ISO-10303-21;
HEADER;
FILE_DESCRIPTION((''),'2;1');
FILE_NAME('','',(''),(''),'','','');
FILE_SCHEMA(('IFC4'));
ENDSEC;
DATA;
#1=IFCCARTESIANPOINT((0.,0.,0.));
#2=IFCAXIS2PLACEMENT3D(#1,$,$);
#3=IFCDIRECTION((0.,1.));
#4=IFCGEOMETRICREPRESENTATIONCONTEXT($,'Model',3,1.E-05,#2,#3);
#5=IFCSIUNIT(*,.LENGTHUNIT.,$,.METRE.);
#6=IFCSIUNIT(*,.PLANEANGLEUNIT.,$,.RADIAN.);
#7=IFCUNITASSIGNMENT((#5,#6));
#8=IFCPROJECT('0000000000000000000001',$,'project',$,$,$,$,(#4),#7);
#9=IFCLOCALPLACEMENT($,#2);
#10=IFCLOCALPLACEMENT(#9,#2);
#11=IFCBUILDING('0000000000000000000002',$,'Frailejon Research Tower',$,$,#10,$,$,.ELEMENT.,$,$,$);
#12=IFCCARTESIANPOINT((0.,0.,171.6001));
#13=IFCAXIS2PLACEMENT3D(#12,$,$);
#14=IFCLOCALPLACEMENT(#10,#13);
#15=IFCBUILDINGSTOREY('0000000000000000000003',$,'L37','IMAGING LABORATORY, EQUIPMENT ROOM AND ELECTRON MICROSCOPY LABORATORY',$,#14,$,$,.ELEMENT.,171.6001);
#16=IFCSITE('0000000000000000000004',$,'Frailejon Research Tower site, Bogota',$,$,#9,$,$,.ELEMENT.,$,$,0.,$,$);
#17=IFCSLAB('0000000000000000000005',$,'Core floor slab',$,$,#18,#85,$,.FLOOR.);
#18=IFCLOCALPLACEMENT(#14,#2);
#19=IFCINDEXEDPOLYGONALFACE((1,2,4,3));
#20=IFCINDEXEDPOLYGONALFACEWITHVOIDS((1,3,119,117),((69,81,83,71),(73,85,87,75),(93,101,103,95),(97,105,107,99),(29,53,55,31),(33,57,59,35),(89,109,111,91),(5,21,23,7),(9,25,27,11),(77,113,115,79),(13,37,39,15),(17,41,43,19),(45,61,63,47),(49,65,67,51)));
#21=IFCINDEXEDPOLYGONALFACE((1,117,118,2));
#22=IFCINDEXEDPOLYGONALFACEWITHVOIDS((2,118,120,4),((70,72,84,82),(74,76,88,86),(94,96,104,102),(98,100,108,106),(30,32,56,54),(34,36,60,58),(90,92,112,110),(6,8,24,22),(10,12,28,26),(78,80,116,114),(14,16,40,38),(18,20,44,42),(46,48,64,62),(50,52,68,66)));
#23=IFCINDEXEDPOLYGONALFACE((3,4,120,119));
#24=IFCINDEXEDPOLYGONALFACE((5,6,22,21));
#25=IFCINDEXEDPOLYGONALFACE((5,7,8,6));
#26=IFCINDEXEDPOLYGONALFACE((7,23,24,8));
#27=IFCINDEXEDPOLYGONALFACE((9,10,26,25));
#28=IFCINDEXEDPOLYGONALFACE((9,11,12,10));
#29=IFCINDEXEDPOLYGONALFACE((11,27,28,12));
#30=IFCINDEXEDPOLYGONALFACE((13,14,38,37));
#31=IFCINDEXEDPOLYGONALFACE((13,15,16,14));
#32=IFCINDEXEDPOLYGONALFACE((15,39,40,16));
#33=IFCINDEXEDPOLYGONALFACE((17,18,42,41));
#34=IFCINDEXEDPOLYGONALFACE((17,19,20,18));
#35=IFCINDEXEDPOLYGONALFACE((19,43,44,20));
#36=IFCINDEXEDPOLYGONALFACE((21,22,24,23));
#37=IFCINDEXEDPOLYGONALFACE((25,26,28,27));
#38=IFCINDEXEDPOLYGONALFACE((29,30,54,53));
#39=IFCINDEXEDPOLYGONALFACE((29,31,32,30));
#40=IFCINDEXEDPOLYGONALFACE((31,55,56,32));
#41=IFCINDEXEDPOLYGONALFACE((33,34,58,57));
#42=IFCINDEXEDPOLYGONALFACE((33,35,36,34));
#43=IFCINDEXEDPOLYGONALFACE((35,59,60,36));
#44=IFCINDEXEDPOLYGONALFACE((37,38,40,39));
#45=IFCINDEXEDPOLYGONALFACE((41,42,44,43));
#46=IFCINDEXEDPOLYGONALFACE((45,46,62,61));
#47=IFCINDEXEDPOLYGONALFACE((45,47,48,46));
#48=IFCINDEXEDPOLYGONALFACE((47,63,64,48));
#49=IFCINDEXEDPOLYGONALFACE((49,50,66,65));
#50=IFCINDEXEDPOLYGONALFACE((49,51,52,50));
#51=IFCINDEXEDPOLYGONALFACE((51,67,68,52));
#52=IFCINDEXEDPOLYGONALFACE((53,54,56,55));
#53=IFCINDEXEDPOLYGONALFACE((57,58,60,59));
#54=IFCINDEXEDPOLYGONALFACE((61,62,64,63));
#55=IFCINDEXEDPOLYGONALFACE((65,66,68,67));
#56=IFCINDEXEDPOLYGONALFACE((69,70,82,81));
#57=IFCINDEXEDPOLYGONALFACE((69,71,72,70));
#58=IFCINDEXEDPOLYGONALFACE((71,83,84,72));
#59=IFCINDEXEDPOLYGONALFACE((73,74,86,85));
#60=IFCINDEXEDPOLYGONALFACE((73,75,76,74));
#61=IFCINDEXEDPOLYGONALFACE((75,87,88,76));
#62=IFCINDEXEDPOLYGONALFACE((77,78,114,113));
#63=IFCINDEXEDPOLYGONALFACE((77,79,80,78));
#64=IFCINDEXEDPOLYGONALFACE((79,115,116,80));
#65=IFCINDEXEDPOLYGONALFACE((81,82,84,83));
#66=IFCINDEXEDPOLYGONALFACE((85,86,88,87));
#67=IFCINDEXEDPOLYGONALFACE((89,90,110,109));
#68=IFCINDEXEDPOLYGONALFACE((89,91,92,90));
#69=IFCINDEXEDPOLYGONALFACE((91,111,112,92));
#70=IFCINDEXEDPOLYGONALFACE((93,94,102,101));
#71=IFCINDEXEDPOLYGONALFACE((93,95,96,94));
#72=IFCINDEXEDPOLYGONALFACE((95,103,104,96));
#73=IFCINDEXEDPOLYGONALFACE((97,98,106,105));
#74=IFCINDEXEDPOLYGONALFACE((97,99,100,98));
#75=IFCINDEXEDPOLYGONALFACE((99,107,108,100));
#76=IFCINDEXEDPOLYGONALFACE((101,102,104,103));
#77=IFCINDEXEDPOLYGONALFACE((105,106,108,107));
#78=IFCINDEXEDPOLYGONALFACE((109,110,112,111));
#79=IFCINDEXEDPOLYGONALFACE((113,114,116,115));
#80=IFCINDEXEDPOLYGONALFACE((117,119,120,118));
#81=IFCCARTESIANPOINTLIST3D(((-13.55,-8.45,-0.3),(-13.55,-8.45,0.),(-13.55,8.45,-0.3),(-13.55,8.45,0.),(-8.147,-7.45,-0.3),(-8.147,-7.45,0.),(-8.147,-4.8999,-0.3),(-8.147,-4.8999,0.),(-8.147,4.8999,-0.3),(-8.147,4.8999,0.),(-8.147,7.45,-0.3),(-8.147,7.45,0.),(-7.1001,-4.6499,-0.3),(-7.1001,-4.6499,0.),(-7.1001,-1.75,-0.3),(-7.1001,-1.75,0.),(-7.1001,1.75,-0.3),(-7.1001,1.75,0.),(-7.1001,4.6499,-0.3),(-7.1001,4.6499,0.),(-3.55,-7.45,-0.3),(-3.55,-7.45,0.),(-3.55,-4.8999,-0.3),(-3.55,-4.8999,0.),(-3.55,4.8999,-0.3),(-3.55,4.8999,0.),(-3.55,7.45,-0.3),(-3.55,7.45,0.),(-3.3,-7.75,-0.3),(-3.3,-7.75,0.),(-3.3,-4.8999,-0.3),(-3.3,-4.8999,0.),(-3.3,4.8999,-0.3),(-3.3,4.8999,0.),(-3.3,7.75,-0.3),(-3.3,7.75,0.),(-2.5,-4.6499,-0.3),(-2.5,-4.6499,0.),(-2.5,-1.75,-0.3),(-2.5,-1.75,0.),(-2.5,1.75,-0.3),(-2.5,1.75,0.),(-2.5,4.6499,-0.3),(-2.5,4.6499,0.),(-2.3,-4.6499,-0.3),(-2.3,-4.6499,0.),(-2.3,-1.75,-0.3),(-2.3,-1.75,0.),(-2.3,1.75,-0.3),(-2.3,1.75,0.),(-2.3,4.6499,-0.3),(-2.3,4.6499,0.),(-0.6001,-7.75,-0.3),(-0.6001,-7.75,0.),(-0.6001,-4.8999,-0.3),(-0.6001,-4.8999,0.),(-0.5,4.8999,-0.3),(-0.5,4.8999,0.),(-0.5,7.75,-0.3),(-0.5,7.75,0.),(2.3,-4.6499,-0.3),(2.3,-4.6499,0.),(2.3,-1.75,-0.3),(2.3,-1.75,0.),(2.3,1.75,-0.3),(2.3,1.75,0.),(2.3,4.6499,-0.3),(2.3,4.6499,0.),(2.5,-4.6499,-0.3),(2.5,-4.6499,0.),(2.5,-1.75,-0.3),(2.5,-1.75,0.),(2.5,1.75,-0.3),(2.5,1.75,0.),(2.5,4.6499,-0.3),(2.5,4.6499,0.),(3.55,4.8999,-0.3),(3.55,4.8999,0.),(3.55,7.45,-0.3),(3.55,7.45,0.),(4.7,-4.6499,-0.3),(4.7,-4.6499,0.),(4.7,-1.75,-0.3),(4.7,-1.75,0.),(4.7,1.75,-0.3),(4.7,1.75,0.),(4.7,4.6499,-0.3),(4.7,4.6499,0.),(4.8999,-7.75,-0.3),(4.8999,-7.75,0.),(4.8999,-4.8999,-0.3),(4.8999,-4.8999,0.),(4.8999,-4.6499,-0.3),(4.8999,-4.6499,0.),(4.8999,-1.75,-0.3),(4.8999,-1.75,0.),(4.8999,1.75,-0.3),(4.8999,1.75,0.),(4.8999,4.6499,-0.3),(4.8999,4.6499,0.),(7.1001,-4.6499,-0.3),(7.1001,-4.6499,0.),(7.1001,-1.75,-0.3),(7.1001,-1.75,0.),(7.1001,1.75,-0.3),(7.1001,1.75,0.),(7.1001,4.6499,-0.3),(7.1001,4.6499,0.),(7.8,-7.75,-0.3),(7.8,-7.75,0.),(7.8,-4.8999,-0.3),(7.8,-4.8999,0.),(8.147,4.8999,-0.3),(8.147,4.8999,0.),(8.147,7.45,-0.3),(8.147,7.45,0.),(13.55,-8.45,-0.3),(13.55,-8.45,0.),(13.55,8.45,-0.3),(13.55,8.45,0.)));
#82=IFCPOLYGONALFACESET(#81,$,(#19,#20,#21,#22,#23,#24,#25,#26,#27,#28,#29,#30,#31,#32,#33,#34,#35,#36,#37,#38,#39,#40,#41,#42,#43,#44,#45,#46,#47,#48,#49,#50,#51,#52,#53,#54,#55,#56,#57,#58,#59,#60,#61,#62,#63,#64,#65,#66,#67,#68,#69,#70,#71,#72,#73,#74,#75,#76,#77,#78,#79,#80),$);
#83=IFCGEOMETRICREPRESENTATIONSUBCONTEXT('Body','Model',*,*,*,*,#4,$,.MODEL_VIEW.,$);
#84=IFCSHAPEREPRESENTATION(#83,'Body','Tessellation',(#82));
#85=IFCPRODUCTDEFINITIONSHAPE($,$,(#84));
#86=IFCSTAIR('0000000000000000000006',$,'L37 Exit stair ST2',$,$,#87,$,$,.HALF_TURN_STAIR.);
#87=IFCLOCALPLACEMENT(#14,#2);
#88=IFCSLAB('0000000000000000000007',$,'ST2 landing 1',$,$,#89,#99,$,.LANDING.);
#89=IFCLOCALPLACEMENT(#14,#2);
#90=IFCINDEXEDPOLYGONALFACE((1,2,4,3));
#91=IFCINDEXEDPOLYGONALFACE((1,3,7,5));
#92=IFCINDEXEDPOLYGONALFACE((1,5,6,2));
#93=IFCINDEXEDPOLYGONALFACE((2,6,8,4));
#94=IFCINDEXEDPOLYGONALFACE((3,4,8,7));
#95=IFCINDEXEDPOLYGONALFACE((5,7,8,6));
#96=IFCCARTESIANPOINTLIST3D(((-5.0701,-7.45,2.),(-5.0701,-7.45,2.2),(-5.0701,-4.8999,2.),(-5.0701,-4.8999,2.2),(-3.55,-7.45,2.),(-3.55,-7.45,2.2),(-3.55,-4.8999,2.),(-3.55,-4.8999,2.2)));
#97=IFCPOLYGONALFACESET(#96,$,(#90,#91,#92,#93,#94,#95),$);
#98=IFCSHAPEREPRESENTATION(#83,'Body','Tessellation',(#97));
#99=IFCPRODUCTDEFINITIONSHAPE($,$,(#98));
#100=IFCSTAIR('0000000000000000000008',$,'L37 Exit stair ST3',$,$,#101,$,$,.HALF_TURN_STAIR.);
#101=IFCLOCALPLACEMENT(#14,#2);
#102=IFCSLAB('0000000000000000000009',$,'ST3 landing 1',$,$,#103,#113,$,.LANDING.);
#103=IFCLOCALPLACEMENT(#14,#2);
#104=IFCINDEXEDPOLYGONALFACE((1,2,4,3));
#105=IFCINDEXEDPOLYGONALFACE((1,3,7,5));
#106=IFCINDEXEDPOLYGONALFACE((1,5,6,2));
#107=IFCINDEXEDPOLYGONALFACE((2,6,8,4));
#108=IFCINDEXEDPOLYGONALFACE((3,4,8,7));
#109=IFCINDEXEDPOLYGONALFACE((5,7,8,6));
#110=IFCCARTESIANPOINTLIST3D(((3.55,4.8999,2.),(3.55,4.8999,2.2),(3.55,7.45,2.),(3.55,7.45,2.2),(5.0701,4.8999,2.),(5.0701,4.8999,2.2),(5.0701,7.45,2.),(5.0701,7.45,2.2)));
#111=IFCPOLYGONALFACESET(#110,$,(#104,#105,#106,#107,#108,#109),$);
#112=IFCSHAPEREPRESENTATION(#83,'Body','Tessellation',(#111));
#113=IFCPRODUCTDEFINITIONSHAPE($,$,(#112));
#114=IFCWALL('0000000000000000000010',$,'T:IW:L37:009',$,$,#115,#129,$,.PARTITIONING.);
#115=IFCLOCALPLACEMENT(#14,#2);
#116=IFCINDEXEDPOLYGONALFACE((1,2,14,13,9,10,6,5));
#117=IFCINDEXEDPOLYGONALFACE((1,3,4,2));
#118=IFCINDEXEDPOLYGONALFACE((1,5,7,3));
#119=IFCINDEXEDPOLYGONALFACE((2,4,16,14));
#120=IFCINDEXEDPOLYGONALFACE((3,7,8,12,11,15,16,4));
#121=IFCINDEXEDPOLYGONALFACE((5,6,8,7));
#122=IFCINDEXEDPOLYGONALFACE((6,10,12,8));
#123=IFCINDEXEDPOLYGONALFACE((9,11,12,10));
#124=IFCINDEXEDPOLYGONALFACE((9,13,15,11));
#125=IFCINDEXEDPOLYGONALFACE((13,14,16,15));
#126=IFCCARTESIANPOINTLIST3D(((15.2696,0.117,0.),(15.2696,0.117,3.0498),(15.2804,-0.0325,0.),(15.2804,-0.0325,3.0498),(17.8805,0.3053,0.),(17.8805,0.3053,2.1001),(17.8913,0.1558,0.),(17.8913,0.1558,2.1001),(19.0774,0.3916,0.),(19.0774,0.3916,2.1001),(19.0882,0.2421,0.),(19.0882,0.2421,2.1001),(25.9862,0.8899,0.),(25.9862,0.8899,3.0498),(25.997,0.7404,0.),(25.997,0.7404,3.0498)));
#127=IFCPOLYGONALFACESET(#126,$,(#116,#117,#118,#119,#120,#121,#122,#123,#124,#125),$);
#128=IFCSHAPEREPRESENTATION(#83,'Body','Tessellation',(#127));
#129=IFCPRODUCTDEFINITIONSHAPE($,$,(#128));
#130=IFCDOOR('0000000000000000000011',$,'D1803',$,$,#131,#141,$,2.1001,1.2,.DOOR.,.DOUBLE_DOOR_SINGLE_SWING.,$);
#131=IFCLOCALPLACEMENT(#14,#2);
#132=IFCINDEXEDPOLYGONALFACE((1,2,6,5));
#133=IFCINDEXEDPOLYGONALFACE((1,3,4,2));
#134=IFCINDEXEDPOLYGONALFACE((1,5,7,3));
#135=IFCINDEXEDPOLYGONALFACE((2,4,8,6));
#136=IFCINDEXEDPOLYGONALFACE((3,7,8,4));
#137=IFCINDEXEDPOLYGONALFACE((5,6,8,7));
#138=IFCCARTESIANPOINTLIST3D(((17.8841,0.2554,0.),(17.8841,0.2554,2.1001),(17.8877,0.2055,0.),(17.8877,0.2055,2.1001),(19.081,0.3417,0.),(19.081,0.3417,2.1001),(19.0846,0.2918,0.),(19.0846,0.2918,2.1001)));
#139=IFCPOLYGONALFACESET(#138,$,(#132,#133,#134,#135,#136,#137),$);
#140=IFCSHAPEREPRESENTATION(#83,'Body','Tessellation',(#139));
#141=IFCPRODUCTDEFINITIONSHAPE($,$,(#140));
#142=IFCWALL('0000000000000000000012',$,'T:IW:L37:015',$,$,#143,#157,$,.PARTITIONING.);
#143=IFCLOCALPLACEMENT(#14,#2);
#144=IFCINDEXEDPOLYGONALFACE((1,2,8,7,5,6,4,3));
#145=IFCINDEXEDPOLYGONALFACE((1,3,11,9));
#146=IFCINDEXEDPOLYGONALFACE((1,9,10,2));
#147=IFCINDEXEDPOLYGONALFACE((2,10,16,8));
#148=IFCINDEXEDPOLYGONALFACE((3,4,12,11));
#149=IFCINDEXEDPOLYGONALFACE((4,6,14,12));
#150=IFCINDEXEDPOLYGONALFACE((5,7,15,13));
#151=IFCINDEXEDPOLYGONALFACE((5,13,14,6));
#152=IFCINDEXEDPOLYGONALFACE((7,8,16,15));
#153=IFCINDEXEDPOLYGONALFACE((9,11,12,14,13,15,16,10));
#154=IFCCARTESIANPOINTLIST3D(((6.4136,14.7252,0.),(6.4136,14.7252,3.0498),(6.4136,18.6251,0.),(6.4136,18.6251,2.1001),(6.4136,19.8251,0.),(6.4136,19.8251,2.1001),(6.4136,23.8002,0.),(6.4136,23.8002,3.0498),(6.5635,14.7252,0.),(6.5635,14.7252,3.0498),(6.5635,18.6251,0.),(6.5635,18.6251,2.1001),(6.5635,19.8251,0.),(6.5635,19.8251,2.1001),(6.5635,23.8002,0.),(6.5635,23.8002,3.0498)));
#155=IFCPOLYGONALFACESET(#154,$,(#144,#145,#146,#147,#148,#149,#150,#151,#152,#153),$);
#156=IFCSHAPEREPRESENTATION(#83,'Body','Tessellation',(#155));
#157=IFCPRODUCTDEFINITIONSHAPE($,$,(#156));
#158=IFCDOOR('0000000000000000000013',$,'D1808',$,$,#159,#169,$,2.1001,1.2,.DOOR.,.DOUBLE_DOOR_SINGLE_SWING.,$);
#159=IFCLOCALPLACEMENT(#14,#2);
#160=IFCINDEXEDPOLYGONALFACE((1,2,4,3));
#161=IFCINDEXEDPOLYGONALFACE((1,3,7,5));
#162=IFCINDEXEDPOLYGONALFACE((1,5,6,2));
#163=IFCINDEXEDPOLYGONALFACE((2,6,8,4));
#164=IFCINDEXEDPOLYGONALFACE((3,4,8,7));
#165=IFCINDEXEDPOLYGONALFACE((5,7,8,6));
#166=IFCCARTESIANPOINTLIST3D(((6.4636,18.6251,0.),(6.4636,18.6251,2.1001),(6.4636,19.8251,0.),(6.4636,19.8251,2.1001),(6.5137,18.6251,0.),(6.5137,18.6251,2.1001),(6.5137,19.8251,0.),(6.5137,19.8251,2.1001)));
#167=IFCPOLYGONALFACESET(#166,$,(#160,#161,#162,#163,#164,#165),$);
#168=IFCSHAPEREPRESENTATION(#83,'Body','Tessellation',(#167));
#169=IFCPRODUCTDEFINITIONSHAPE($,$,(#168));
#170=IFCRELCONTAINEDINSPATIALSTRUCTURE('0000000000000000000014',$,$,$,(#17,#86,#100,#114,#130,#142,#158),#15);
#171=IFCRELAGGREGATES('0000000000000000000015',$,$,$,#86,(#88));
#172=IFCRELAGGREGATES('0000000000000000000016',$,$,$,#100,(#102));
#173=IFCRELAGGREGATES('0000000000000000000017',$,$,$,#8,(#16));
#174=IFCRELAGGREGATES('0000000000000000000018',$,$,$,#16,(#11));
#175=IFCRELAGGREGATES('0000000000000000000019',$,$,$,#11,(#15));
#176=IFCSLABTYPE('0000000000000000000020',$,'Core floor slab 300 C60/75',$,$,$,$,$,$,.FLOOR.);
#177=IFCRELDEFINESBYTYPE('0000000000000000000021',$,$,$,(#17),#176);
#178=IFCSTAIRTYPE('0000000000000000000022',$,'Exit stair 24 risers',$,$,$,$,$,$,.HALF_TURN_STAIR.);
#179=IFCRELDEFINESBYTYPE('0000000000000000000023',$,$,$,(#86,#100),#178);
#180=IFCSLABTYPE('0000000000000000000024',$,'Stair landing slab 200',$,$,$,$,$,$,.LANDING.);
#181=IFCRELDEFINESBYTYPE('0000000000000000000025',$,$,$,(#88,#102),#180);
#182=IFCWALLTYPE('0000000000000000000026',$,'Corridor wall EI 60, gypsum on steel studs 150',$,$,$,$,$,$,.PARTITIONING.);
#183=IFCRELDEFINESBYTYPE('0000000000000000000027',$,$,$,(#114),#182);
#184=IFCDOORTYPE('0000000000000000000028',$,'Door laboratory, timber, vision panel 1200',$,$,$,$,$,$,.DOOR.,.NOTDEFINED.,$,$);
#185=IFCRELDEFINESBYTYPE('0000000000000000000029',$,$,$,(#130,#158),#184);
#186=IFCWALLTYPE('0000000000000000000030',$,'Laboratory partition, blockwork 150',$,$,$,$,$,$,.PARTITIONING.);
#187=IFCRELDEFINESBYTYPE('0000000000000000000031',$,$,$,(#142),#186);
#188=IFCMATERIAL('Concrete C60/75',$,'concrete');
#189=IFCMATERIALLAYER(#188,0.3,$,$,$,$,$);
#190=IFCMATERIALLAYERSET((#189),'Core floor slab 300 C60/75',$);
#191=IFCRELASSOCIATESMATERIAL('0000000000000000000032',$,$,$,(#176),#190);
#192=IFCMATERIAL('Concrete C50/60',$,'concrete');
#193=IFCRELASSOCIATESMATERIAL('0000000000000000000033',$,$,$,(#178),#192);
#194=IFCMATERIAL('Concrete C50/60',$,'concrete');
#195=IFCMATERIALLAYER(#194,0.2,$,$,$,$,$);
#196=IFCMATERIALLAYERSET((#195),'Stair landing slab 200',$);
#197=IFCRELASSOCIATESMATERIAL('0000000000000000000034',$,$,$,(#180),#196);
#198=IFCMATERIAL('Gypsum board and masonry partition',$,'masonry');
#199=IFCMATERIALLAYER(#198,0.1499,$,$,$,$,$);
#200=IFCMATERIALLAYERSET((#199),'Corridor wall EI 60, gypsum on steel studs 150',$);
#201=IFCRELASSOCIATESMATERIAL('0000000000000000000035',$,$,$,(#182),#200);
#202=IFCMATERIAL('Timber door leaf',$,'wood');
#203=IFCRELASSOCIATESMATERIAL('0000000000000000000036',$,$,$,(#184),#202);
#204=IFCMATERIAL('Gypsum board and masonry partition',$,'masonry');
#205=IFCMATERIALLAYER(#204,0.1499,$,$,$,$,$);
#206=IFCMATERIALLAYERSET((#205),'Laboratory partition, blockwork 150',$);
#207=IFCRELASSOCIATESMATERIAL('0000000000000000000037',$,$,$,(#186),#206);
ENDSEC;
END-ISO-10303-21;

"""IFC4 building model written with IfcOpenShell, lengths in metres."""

from ifc_helpers import new_model, si_unit, direction, frame, frame_2d, origin, place, context, subcontext, project, spatial, polyline, rectangle, outline, extrude, material, layer, layer_set, type_object, element, fill, aggregate, save


model = new_model("IFC4")

# Units and contexts
model_context = context("Model", 3, precision=1e-05, world=origin(), true_north=direction((0.0, 1.0)))
body_context = subcontext(model_context, "Body", "Model", "MODEL_VIEW")
ifc_project = project(units=[si_unit("LENGTHUNIT", "METRE"), si_unit("PLANEANGLEUNIT", "RADIAN")], contexts=[model_context])

# Site, building, storey
site_placement = place(None, origin())
site = spatial("IfcSite", under=ifc_project, at=site_placement, Name="Frailejon Research Tower site, Bogota", CompositionType="ELEMENT", RefElevation=0.0)
building_placement = place(site_placement, origin())
building = spatial("IfcBuilding", under=site, at=building_placement, Name="Frailejon Research Tower", CompositionType="ELEMENT")
storey_placement = place(building_placement, frame((0.0, 0.0, 171.6001)))
storey = spatial("IfcBuildingStorey", under=building, at=storey_placement, Name="L37", Description="IMAGING LABORATORY, EQUIPMENT ROOM AND ELECTRON MICROSCOPY LABORATORY", CompositionType="ELEMENT", Elevation=171.6001)

# Slab
ifc_material_1 = material(Name="Concrete C60/75", Category="concrete")
ifc_layer_1 = layer(ifc_material_1, 0.3)
ifc_layer_set_1 = layer_set([ifc_layer_1], Name="Core floor slab 300 C60/75")
slab_type_1 = type_object("IfcSlabType", Name="Core floor slab 300 C60/75", PredefinedType="FLOOR", material=ifc_layer_set_1)
slab_1_placement = place(storey_placement, frame((0.0, 0.0, -0.3)))
element("IfcSlab", 1, at=slab_1_placement, inside=storey, type_object=slab_type_1, Name="Core floor slab", PredefinedType="FLOOR", context=body_context, shape_type="SweptSolid", body=[
    extrude(outline(polyline([(13.55, -8.45), (13.55, 8.45), (-13.55, 8.45), (-13.55, -8.45), (13.55, -8.45)]), holes=[polyline([(-2.5, 1.75), (-2.5, 4.6499), (-7.1001, 4.6499), (-7.1001, 1.75), (-2.5, 1.75)]), polyline([(2.3, 1.75), (2.3, 4.6499), (-2.3, 4.6499), (-2.3, 1.75), (2.3, 1.75)]), polyline([(4.7, 1.75), (4.7, 4.6499), (2.5, 4.6499), (2.5, 1.75), (4.7, 1.75)]), polyline([(7.1001, 1.75), (7.1001, 4.6499), (4.8999, 4.6499), (4.8999, 1.75), (7.1001, 1.75)]), polyline([(-2.5, -4.6499), (-2.5, -1.75), (-7.1001, -1.75), (-7.1001, -4.6499), (-2.5, -4.6499)]), polyline([(2.3, -4.6499), (2.3, -1.75), (-2.3, -1.75), (-2.3, -4.6499), (2.3, -4.6499)]), polyline([(4.7, -4.6499), (4.7, -1.75), (2.5, -1.75), (2.5, -4.6499), (4.7, -4.6499)]), polyline([(7.1001, -4.6499), (7.1001, -1.75), (4.8999, -1.75), (4.8999, -4.6499), (7.1001, -4.6499)]), polyline([(-8.147, 4.8999), (-3.55, 4.8999), (-3.55, 7.45), (-8.147, 7.45), (-8.147, 4.8999)]), polyline([(-8.147, -7.45), (-3.55, -7.45), (-3.55, -4.8999), (-8.147, -4.8999), (-8.147, -7.45)]), polyline([(8.147, 7.45), (3.55, 7.45), (3.55, 4.8999), (8.147, 4.8999), (8.147, 7.45)]), polyline([(-0.6001, -7.75), (-0.6001, -4.8999), (-3.3, -4.8999), (-3.3, -7.75), (-0.6001, -7.75)]), polyline([(7.8, -7.75), (7.8, -4.8999), (4.8999, -4.8999), (4.8999, -7.75), (7.8, -7.75)]), polyline([(-0.5, 4.8999), (-0.5, 7.75), (-3.3, 7.75), (-3.3, 4.8999), (-0.5, 4.8999)])]), origin(), (0.0, 0.0, 1.0), 0.3),
])

# Stairs, slabs
ifc_material_2 = material(Name="Concrete C50/60", Category="concrete")
stair_type = type_object("IfcStairType", Name="Exit stair 24 risers", PredefinedType="HALF_TURN_STAIR", material=ifc_material_2)
stair_1_placement = place(storey_placement, origin())
stair_1 = element("IfcStair", 2, at=stair_1_placement, inside=storey, type_object=stair_type, Name="L37 Exit stair ST2", PredefinedType="HALF_TURN_STAIR")
ifc_material_3 = material(Name="Concrete C50/60", Category="concrete")
ifc_layer_2 = layer(ifc_material_3, 0.2)
ifc_layer_set_2 = layer_set([ifc_layer_2], Name="Stair landing slab 200")
slab_type_2 = type_object("IfcSlabType", Name="Stair landing slab 200", PredefinedType="LANDING", material=ifc_layer_set_2)
slab_2_placement = place(storey_placement, frame((0.0, 0.0, 2.0)))
slab_2 = element("IfcSlab", 3, at=slab_2_placement, type_object=slab_type_2, Name="ST2 landing 1", PredefinedType="LANDING", context=body_context, shape_type="SweptSolid", body=[
    extrude(outline(polyline([(-5.0701, -7.45), (-3.55, -7.45), (-3.55, -4.8999), (-5.0701, -4.8999), (-5.0701, -7.45)])), origin(), (0.0, 0.0, 1.0), 0.2),
])
aggregate(stair_1, [slab_2])
stair_2_placement = place(storey_placement, origin())
stair_2 = element("IfcStair", 4, at=stair_2_placement, inside=storey, type_object=stair_type, Name="L37 Exit stair ST3", PredefinedType="HALF_TURN_STAIR")
slab_3_placement = place(storey_placement, frame((0.0, 0.0, 2.0)))
slab_3 = element("IfcSlab", 5, at=slab_3_placement, type_object=slab_type_2, Name="ST3 landing 1", PredefinedType="LANDING", context=body_context, shape_type="SweptSolid", body=[
    extrude(outline(polyline([(5.0701, 7.45), (3.55, 7.45), (3.55, 4.8999), (5.0701, 4.8999), (5.0701, 7.45)])), origin(), (0.0, 0.0, 1.0), 0.2),
])

# Walls, openings, doors
ifc_material_4 = material(Name="Gypsum board and masonry partition", Category="masonry")
ifc_layer_3 = layer(ifc_material_4, 0.1499)
ifc_layer_set_3 = layer_set([ifc_layer_3], Name="Corridor wall EI 60, gypsum on steel studs 150")
wall_type_1 = type_object("IfcWallType", Name="Corridor wall EI 60, gypsum on steel studs 150", PredefinedType="PARTITIONING", material=ifc_layer_set_3)
wall_1_placement = place(storey_placement, frame((15.2751, 0.0422, 0.0), z_axis=(0.0, 0.0, 1.0), x_axis=(0.997409, 0.07194, 0.0)))
wall_1 = element("IfcWall", 6, at=wall_1_placement, inside=storey, type_object=wall_type_1, Name="T:IW:L37:009", PredefinedType="PARTITIONING", context=body_context, shape_type="SweptSolid", body=[
    extrude(rectangle(XDim=10.7444, YDim=0.1499, at=frame_2d((5.3721, 0.0))), origin(), (0.0, 0.0, 1.0), 3.0498),
])
opening_1_placement = place(wall_1_placement, frame((2.6174, 0.0, 0.0)))
opening_1 = element("IfcOpeningElement", 7, at=opening_1_placement, cuts=wall_1, PredefinedType="OPENING", context=body_context, shape_type="SweptSolid", body=[
    extrude(rectangle(XDim=1.2, YDim=2.1001, at=frame_2d((0.6001, 1.05))), frame((0.0, 0.085, 0.0), z_axis=(0.0, -1.0, 0.0), x_axis=(1.0, 0.0, 0.0)), (0.0, 0.0, 1.0), 0.1699),
])
ifc_material_5 = material(Name="Timber door leaf", Category="wood")
door_type_1 = type_object("IfcDoorType", Name="Door laboratory, timber, vision panel 1200", OperationType="NOTDEFINED", PredefinedType="DOOR", material=ifc_material_5)
door_1_placement = place(opening_1_placement, origin())
door_1 = element("IfcDoor", 8, at=door_1_placement, inside=storey, type_object=door_type_1, Name="D1803", OperationType="DOUBLE_DOOR_SINGLE_SWING", OverallHeight=2.1001, OverallWidth=1.2, PredefinedType="DOOR", context=body_context, shape_type="SweptSolid", body=[
    extrude(rectangle(XDim=1.2, YDim=2.1001, at=frame_2d((0.6001, 1.05))), frame((0.0, 0.0249, 0.0), z_axis=(0.0, -1.0, 0.0), x_axis=(1.0, 0.0, 0.0)), (0.0, 0.0, 1.0), 0.05),
])
fill(opening_1, door_1)
ifc_material_6 = material(Name="Gypsum board and masonry partition", Category="masonry")
ifc_layer_4 = layer(ifc_material_6, 0.1499)
ifc_layer_set_4 = layer_set([ifc_layer_4], Name="Laboratory partition, blockwork 150")
wall_type_2 = type_object("IfcWallType", Name="Laboratory partition, blockwork 150", PredefinedType="PARTITIONING", material=ifc_layer_set_4)
wall_2_placement = place(storey_placement, frame((6.4885, 14.7251, 0.0), z_axis=(0.0, 0.0, 1.0), x_axis=(0.0, 1.0, 0.0)))
wall_2 = element("IfcWall", 9, at=wall_2_placement, inside=storey, type_object=wall_type_2, Name="T:IW:L37:015", PredefinedType="PARTITIONING", context=body_context, shape_type="SweptSolid", body=[
    extrude(rectangle(XDim=9.075, YDim=0.1499, at=frame_2d((4.5376, 0.0))), origin(), (0.0, 0.0, 1.0), 3.0498),
])
opening_2_placement = place(wall_2_placement, frame((3.8999, 0.0, 0.0)))
opening_2 = element("IfcOpeningElement", 10, at=opening_2_placement, cuts=wall_2, PredefinedType="OPENING", context=body_context, shape_type="SweptSolid", body=[
    extrude(rectangle(XDim=1.2, YDim=2.1001, at=frame_2d((0.6001, 1.05))), frame((0.0, 0.085, 0.0), z_axis=(0.0, -1.0, 0.0), x_axis=(1.0, 0.0, 0.0)), (0.0, 0.0, 1.0), 0.1699),
])
door_2_placement = place(opening_2_placement, origin())
door_2 = element("IfcDoor", 11, at=door_2_placement, inside=storey, type_object=door_type_1, Name="D1808", OperationType="DOUBLE_DOOR_SINGLE_SWING", OverallHeight=2.1001, OverallWidth=1.2, PredefinedType="DOOR", context=body_context, shape_type="SweptSolid", body=[
    extrude(rectangle(XDim=1.2, YDim=2.1001, at=frame_2d((0.6001, 1.05))), frame((0.0, 0.0249, 0.0), z_axis=(0.0, -1.0, 0.0), x_axis=(1.0, 0.0, 0.0)), (0.0, 0.0, 1.0), 0.05),
])
fill(opening_2, door_2)

aggregate(stair_2, [slab_3])

save(model, "model.ifc")
